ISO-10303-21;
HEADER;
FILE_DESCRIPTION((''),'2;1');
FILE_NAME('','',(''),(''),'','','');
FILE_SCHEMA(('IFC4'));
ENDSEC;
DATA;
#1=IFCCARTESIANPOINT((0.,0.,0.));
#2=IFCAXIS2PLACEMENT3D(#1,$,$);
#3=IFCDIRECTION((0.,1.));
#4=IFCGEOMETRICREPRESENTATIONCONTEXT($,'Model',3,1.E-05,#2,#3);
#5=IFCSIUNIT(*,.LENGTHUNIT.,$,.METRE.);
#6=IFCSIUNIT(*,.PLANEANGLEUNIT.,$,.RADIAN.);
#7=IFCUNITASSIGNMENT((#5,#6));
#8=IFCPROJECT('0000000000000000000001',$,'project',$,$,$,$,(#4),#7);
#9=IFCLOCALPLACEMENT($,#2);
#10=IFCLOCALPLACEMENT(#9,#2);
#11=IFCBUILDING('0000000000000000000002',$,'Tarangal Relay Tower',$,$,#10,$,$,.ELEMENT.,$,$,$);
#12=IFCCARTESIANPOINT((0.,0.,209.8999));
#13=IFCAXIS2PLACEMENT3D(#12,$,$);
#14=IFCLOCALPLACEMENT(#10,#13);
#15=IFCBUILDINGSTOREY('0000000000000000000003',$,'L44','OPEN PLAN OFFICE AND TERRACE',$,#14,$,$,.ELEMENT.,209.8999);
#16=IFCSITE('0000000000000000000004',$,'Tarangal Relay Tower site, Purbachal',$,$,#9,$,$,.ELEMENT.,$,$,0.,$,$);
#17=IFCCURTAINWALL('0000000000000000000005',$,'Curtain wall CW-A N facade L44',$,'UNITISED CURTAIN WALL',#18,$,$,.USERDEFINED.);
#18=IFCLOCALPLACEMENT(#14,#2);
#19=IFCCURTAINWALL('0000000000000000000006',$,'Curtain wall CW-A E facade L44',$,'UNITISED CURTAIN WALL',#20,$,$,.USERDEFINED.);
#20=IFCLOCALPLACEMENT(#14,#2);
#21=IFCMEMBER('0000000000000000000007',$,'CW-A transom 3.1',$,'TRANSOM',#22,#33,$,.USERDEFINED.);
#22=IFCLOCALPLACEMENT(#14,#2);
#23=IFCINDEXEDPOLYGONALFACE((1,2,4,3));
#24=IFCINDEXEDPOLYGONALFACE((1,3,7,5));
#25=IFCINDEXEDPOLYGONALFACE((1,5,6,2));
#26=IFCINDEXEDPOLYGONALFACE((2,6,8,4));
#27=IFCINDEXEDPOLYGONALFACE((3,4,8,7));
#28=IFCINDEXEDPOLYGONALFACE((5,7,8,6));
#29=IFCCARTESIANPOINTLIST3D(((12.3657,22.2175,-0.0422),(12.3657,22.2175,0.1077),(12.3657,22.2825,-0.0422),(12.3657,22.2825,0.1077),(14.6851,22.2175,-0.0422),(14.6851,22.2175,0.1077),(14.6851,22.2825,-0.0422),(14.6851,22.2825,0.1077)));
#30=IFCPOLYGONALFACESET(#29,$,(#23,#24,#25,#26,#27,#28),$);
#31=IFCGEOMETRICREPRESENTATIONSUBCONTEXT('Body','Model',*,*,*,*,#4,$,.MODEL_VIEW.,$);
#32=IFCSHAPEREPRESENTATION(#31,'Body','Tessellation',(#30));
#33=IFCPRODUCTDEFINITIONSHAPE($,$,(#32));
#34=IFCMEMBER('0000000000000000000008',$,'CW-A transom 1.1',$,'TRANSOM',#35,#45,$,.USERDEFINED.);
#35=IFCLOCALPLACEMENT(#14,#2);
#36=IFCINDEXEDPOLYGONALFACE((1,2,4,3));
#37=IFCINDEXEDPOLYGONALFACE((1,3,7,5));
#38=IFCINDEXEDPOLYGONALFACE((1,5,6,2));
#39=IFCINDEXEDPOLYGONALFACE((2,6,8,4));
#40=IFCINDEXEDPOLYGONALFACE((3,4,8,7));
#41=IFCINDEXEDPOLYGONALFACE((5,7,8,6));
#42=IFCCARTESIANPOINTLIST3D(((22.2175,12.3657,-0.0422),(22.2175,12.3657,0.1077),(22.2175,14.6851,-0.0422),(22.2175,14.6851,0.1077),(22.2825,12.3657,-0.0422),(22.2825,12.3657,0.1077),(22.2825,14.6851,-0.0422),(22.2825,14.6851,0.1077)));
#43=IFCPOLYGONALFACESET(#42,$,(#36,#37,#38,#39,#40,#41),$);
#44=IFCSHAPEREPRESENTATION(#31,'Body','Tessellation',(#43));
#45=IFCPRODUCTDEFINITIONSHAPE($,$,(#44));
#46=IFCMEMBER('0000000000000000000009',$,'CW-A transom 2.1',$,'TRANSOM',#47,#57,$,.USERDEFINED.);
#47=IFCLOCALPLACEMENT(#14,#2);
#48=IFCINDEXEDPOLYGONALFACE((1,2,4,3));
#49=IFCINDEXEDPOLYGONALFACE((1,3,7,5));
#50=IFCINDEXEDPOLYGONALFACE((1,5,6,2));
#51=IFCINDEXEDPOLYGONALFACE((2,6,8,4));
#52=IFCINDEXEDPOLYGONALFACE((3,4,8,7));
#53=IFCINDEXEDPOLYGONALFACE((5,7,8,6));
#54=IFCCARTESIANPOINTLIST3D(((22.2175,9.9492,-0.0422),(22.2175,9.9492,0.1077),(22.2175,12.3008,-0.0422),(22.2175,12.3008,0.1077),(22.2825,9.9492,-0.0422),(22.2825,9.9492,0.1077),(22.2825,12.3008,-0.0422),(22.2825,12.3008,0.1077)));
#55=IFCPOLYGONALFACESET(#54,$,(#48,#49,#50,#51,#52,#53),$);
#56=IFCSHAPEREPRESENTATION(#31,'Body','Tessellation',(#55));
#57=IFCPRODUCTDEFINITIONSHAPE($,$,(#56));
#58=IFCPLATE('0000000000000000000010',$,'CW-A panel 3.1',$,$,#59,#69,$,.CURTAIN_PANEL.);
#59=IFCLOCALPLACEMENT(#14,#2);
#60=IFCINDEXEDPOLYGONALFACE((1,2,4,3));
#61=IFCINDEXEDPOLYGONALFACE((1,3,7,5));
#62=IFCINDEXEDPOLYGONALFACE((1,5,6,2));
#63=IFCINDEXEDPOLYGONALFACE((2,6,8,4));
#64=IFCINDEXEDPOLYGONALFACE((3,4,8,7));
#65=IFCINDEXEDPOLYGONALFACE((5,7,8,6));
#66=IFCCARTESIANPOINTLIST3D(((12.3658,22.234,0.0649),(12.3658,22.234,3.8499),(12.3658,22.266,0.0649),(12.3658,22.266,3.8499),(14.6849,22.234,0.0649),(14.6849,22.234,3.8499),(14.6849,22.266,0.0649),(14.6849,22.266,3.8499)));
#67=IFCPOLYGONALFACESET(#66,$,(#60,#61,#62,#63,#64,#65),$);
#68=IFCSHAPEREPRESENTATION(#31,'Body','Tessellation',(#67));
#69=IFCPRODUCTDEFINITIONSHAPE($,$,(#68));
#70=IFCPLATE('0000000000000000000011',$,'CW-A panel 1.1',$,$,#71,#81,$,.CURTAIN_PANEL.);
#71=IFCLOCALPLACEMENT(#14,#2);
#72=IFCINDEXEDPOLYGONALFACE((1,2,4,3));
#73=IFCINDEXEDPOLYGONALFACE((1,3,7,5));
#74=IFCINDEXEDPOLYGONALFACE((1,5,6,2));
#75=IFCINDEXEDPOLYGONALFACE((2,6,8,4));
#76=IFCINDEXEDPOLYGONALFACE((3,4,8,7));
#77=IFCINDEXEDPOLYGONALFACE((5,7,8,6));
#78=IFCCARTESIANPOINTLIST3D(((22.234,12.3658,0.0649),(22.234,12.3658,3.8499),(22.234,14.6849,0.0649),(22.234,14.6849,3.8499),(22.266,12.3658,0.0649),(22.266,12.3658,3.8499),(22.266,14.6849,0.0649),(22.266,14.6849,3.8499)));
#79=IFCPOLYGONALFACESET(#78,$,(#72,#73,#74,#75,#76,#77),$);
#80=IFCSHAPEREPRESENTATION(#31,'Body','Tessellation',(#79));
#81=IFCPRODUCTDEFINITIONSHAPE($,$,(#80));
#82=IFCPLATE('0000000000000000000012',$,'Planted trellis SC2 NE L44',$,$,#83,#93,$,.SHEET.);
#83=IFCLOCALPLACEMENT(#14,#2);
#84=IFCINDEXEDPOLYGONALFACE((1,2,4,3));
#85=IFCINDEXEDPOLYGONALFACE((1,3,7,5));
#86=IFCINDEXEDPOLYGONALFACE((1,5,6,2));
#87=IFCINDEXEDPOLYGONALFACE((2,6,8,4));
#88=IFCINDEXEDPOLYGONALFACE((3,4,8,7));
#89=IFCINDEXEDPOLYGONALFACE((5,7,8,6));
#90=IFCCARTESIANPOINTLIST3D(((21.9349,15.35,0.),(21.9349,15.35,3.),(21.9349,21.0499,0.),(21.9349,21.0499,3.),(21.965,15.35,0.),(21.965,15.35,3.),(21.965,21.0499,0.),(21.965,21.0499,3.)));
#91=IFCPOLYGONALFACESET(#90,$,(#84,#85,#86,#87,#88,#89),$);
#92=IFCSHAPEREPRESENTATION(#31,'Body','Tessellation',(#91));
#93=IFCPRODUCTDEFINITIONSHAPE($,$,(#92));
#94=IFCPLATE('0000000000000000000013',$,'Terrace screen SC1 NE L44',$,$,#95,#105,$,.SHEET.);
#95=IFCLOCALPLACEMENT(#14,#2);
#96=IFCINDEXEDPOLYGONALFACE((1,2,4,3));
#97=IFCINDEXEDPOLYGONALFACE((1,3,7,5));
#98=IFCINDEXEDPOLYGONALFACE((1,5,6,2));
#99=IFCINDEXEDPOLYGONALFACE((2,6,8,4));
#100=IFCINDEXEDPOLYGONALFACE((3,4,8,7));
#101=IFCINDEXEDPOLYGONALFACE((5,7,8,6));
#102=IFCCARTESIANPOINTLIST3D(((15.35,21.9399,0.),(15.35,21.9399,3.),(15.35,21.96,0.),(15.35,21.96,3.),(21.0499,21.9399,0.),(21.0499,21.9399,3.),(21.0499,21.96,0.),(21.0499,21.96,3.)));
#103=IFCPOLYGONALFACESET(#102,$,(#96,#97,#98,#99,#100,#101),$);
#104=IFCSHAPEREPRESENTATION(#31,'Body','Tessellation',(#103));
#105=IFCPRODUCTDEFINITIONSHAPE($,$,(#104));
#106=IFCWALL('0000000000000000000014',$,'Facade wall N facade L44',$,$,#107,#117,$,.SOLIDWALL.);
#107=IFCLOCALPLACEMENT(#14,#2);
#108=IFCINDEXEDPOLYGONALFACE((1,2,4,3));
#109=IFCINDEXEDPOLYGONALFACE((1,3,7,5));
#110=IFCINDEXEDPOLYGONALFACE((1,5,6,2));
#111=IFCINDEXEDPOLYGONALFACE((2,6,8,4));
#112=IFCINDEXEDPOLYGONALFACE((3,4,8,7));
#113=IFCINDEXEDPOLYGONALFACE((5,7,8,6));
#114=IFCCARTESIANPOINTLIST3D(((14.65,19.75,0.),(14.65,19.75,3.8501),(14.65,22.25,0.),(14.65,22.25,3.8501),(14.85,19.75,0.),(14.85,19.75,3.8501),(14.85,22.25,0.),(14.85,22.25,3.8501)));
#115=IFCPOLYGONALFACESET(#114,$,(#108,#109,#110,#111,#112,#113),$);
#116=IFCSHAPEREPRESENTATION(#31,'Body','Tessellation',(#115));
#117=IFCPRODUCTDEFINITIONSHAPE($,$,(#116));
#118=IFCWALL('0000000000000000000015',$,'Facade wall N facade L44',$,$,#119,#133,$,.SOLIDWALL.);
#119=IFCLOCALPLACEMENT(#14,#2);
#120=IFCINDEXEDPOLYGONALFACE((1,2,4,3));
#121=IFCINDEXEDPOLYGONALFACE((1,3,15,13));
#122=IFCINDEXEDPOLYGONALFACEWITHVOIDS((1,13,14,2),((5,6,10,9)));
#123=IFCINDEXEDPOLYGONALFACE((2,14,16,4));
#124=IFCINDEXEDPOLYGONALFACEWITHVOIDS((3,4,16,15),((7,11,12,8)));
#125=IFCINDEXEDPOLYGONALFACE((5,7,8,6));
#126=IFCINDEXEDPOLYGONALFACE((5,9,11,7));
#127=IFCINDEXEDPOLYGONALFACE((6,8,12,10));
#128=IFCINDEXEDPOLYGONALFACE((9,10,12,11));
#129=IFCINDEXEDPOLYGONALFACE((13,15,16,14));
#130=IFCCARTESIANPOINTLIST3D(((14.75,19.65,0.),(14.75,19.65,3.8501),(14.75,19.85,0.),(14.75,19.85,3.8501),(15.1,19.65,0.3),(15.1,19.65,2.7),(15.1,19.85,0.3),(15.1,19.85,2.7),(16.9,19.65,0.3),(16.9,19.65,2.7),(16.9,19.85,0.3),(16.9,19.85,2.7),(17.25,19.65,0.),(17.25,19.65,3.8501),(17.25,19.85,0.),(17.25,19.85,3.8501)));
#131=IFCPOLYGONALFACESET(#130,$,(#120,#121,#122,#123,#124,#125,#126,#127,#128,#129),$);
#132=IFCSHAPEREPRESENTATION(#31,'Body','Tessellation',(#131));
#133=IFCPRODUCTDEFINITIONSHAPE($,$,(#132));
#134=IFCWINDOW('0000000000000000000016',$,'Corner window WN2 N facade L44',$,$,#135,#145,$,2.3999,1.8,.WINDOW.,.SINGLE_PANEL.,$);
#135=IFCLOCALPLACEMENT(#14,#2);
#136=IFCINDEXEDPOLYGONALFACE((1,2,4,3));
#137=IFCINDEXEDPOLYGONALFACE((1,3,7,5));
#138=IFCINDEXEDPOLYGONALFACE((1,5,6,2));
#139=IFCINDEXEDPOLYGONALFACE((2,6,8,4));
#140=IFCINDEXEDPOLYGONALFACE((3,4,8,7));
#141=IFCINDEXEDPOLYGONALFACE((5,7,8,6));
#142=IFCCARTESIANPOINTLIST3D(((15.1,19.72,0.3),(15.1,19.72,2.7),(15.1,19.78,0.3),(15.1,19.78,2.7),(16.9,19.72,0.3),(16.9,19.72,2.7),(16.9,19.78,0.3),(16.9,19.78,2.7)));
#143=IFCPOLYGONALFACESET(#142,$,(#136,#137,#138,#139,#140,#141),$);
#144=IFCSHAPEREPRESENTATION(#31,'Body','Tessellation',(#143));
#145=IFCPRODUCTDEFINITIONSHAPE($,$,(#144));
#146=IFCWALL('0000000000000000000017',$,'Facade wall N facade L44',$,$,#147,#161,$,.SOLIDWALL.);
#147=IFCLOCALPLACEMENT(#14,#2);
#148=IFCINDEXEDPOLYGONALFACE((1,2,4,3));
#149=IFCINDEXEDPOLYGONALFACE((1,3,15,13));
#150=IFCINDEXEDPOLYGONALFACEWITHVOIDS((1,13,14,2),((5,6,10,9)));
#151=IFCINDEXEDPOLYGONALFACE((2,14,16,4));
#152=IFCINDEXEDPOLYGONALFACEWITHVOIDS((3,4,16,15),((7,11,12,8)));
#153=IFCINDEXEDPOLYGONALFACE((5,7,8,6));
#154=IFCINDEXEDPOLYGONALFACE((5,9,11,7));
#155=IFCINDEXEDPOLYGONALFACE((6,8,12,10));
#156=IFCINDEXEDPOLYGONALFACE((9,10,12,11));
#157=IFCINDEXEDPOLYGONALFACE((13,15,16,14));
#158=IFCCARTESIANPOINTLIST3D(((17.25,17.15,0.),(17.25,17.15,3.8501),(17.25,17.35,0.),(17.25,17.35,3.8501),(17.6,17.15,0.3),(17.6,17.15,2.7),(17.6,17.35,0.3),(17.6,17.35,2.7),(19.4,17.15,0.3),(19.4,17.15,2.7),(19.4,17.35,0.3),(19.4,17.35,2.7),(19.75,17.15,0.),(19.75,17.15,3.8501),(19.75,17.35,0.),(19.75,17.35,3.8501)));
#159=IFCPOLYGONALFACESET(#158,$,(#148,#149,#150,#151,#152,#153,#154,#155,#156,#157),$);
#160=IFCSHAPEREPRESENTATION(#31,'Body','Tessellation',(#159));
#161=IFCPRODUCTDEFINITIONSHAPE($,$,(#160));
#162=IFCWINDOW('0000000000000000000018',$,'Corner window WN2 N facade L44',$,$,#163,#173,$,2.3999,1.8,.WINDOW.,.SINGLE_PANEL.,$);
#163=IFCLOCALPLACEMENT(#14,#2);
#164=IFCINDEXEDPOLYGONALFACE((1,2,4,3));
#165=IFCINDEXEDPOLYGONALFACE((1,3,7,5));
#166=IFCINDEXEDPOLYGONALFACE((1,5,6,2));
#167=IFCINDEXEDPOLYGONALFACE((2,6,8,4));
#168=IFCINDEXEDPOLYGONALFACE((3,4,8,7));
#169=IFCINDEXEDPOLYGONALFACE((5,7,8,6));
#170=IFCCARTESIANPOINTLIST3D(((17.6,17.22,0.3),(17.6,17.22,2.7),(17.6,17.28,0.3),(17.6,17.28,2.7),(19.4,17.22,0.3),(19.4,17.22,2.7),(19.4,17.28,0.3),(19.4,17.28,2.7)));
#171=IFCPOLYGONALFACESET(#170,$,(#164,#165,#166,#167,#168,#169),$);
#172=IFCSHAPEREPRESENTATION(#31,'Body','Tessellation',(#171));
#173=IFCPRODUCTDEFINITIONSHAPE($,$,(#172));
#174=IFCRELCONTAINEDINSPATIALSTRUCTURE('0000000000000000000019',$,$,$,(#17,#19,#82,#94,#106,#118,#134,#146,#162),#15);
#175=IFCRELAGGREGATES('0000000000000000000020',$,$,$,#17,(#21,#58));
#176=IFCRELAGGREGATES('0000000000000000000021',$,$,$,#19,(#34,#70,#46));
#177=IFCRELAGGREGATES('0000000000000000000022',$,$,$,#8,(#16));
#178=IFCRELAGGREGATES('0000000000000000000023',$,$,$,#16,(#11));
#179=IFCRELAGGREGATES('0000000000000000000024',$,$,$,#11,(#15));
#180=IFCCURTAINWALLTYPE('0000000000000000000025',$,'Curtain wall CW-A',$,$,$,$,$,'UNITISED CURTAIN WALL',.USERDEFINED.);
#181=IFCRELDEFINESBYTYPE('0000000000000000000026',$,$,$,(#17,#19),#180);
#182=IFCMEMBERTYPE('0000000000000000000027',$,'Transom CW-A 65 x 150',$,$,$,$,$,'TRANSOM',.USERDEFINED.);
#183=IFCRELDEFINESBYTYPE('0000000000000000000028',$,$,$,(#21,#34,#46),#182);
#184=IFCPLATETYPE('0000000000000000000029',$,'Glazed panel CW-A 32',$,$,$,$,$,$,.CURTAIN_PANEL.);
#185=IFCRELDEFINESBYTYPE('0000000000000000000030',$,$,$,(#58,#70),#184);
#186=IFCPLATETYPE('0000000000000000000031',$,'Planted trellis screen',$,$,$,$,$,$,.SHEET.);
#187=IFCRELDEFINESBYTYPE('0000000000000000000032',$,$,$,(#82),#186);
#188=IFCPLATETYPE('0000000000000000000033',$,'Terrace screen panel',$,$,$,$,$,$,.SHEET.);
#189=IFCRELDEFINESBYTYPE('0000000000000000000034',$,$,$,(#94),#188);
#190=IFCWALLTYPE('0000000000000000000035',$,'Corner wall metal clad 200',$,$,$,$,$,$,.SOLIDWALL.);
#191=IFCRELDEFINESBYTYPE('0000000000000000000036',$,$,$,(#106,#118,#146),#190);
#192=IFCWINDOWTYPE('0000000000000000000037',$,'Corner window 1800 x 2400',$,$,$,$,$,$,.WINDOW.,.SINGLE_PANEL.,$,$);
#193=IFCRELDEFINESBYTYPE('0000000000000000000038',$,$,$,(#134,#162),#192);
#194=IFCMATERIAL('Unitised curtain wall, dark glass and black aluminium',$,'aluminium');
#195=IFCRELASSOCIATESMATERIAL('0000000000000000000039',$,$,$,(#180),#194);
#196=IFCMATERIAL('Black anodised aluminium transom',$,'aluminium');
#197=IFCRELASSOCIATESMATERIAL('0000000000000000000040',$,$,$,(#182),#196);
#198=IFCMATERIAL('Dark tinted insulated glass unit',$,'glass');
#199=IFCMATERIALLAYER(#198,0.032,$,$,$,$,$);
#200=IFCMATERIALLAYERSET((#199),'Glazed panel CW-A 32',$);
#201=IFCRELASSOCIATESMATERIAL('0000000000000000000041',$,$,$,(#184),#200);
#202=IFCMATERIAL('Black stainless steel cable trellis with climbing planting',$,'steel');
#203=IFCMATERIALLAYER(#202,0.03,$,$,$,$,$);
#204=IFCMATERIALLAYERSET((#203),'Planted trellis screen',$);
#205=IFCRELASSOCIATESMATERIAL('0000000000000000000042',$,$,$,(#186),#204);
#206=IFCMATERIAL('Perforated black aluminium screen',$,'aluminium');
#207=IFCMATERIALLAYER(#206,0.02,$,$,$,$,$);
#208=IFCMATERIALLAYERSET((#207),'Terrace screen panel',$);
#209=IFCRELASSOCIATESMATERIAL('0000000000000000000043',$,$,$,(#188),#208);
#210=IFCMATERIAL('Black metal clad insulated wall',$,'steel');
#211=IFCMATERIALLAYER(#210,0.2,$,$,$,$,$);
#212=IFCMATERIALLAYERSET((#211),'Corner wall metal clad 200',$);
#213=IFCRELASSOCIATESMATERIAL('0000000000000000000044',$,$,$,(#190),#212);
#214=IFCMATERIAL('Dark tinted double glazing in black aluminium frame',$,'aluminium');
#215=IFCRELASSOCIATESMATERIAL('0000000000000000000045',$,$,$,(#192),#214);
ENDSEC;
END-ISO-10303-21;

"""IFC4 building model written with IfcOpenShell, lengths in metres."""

from ifc_helpers import new_model, si_unit, direction, frame, frame_2d, origin, origin_2d, place, context, subcontext, project, spatial, rectangle, extrude, material, layer, layer_set, material_profile, profile_set, type_object, element, fill, aggregate, save


model = new_model("IFC4")

# Units and contexts
model_context = context("Model", 3, precision=1e-05, world=origin(), true_north=direction((0.0, 1.0)))
body_context = subcontext(model_context, "Body", "Model", "MODEL_VIEW")
ifc_project = project(units=[si_unit("LENGTHUNIT", "METRE"), si_unit("PLANEANGLEUNIT", "RADIAN")], contexts=[model_context])

# Site, building, storey
site_placement = place(None, origin())
site = spatial("IfcSite", under=ifc_project, at=site_placement, Name="Tarangal Relay Tower site, Purbachal", CompositionType="ELEMENT", RefElevation=0.0)
building_placement = place(site_placement, origin())
building = spatial("IfcBuilding", under=site, at=building_placement, Name="Tarangal Relay Tower", CompositionType="ELEMENT")
storey_placement = place(building_placement, frame((0.0, 0.0, 209.8999)))
storey = spatial("IfcBuildingStorey", under=building, at=storey_placement, Name="L44", Description="OPEN PLAN OFFICE AND TERRACE", CompositionType="ELEMENT", Elevation=209.8999)

# Curtain walls
ifc_material_1 = material(Name="Unitised curtain wall, dark glass and black aluminium", Category="aluminium")
curtain_wall_type = type_object("IfcCurtainWallType", Name="Curtain wall CW-A", ElementType="UNITISED CURTAIN WALL", PredefinedType="USERDEFINED", material=ifc_material_1)
curtain_wall_1_placement = place(storey_placement, origin())
curtain_wall_1 = element("IfcCurtainWall", 1, at=curtain_wall_1_placement, inside=storey, type_object=curtain_wall_type, Name="Curtain wall CW-A N facade L44", ObjectType="UNITISED CURTAIN WALL", PredefinedType="USERDEFINED")
curtain_wall_2_placement = place(storey_placement, origin())
curtain_wall_2 = element("IfcCurtainWall", 2, at=curtain_wall_2_placement, inside=storey, type_object=curtain_wall_type, Name="Curtain wall CW-A E facade L44", ObjectType="UNITISED CURTAIN WALL", PredefinedType="USERDEFINED")

# Members
ifc_material_2 = material(Name="Black anodised aluminium transom", Category="aluminium")
ifc_material_profile_1 = material_profile(ifc_material_2, rectangle(XDim=0.0649, YDim=0.1499, at=origin_2d()), Name="CW-AT 65X150")
ifc_profile_set_1 = profile_set([ifc_material_profile_1], Name="Black anodised aluminium transom")
member_type_1 = type_object("IfcMemberType", Name="Transom CW-A 65 x 150", ElementType="TRANSOM", PredefinedType="USERDEFINED", material=ifc_profile_set_1)
member_1_placement = place(storey_placement, frame((12.3657, 22.25, 0.0327), z_axis=(1.0, 0.0, 0.0), x_axis=(0.0, 1.0, 0.0)))
member_1 = element("IfcMember", 3, at=member_1_placement, type_object=member_type_1, Name="CW-A transom 3.1", ObjectType="TRANSOM", PredefinedType="USERDEFINED", context=body_context, shape_type="SweptSolid", body=[
    extrude(rectangle(XDim=0.0649, YDim=0.1499, at=origin_2d()), origin(), (0.0, 0.0, 1.0), 2.3193),
])
member_2_placement = place(storey_placement, frame((22.25, 14.6851, 0.0327), z_axis=(0.0, -1.0, 0.0), x_axis=(1.0, 0.0, 0.0)))
member_2 = element("IfcMember", 4, at=member_2_placement, type_object=member_type_1, Name="CW-A transom 1.1", ObjectType="TRANSOM", PredefinedType="USERDEFINED", context=body_context, shape_type="SweptSolid", body=[
    extrude(rectangle(XDim=0.0649, YDim=0.1499, at=origin_2d()), origin(), (0.0, 0.0, 1.0), 2.3193),
])
member_3_placement = place(storey_placement, frame((22.25, 12.3008, 0.0327), z_axis=(0.0, -1.0, 0.0), x_axis=(1.0, 0.0, 0.0)))
member_3 = element("IfcMember", 5, at=member_3_placement, type_object=member_type_1, Name="CW-A transom 2.1", ObjectType="TRANSOM", PredefinedType="USERDEFINED", context=body_context, shape_type="SweptSolid", body=[
    extrude(rectangle(XDim=0.0649, YDim=0.1499, at=origin_2d()), origin(), (0.0, 0.0, 1.0), 2.3516),
])

# Plates
ifc_material_3 = material(Name="Dark tinted insulated glass unit", Category="glass")
ifc_layer_1 = layer(ifc_material_3, 0.032)
ifc_layer_set_1 = layer_set([ifc_layer_1], Name="Glazed panel CW-A 32")
plate_type_1 = type_object("IfcPlateType", Name="Glazed panel CW-A 32", PredefinedType="CURTAIN_PANEL", material=ifc_layer_set_1)
plate_1_placement = place(storey_placement, frame((13.5254, 22.25, 0.0649), z_axis=(0.0, 0.0, 1.0), x_axis=(1.0, 0.0, 0.0)))
plate_1 = element("IfcPlate", 6, at=plate_1_placement, type_object=plate_type_1, Name="CW-A panel 3.1", PredefinedType="CURTAIN_PANEL", context=body_context, shape_type="SweptSolid", body=[
    extrude(rectangle(XDim=2.3191, YDim=0.032, at=origin_2d()), origin(), (0.0, 0.0, 1.0), 3.7849),
])
aggregate(curtain_wall_1, [member_1, plate_1])
plate_2_placement = place(storey_placement, frame((22.25, 13.5254, 0.0649), z_axis=(0.0, 0.0, 1.0), x_axis=(0.0, -1.0, 0.0)))
plate_2 = element("IfcPlate", 7, at=plate_2_placement, type_object=plate_type_1, Name="CW-A panel 1.1", PredefinedType="CURTAIN_PANEL", context=body_context, shape_type="SweptSolid", body=[
    extrude(rectangle(XDim=2.3191, YDim=0.032, at=origin_2d()), origin(), (0.0, 0.0, 1.0), 3.7849),
])
aggregate(curtain_wall_2, [member_2, plate_2, member_3])

# Plates
ifc_material_4 = material(Name="Black stainless steel cable trellis with climbing planting", Category="steel")
ifc_layer_2 = layer(ifc_material_4, 0.03)
ifc_layer_set_2 = layer_set([ifc_layer_2], Name="Planted trellis screen")
plate_type_2 = type_object("IfcPlateType", Name="Planted trellis screen", PredefinedType="SHEET", material=ifc_layer_set_2)
plate_3_placement = place(storey_placement, frame((21.95, 18.2, 0.0), z_axis=(0.0, 0.0, 1.0), x_axis=(0.0, -1.0, 0.0)))
element("IfcPlate", 8, at=plate_3_placement, inside=storey, type_object=plate_type_2, Name="Planted trellis SC2 NE L44", PredefinedType="SHEET", context=body_context, shape_type="SweptSolid", body=[
    extrude(rectangle(XDim=5.7, YDim=0.03, at=origin_2d()), origin(), (0.0, 0.0, 1.0), 3.0),
])
ifc_material_5 = material(Name="Perforated black aluminium screen", Category="aluminium")
ifc_layer_3 = layer(ifc_material_5, 0.02)
ifc_layer_set_3 = layer_set([ifc_layer_3], Name="Terrace screen panel")
plate_type_3 = type_object("IfcPlateType", Name="Terrace screen panel", PredefinedType="SHEET", material=ifc_layer_set_3)
plate_4_placement = place(storey_placement, frame((18.2, 21.95, 0.0), z_axis=(0.0, 0.0, 1.0), x_axis=(1.0, 0.0, 0.0)))
element("IfcPlate", 9, at=plate_4_placement, inside=storey, type_object=plate_type_3, Name="Terrace screen SC1 NE L44", PredefinedType="SHEET", context=body_context, shape_type="SweptSolid", body=[
    extrude(rectangle(XDim=5.7, YDim=0.02, at=origin_2d()), origin(), (0.0, 0.0, 1.0), 3.0),
])

# Wall
ifc_material_6 = material(Name="Black metal clad insulated wall", Category="steel")
ifc_layer_4 = layer(ifc_material_6, 0.2)
ifc_layer_set_4 = layer_set([ifc_layer_4], Name="Corner wall metal clad 200")
wall_type_1 = type_object("IfcWallType", Name="Corner wall metal clad 200", PredefinedType="SOLIDWALL", material=ifc_layer_set_4)
wall_1_placement = place(storey_placement, frame((14.75, 22.25, 0.0), z_axis=(0.0, 0.0, 1.0), x_axis=(0.0, -1.0, 0.0)))
element("IfcWall", 10, at=wall_1_placement, inside=storey, type_object=wall_type_1, Name="Facade wall N facade L44", PredefinedType="SOLIDWALL", context=body_context, shape_type="SweptSolid", body=[
    extrude(rectangle(XDim=2.5, YDim=0.2, at=frame_2d((1.25, 0.0))), origin(), (0.0, 0.0, 1.0), 3.8501),
])

# Wall, opening, window
wall_2_placement = place(storey_placement, frame((14.75, 19.75, 0.0), z_axis=(0.0, 0.0, 1.0), x_axis=(1.0, 0.0, 0.0)))
wall_2 = element("IfcWall", 11, at=wall_2_placement, inside=storey, type_object=wall_type_1, Name="Facade wall N facade L44", PredefinedType="SOLIDWALL", context=body_context, shape_type="SweptSolid", body=[
    extrude(rectangle(XDim=2.5, YDim=0.2, at=frame_2d((1.25, 0.0))), origin(), (0.0, 0.0, 1.0), 3.8501),
])
opening_1_placement = place(wall_2_placement, frame((0.3501, 0.0, 0.3)))
opening_1 = element("IfcOpeningElement", 12, at=opening_1_placement, cuts=wall_2, PredefinedType="OPENING", context=body_context, shape_type="SweptSolid", body=[
    extrude(rectangle(XDim=1.8, YDim=2.3999, at=frame_2d((0.8999, 1.2))), frame((0.0, 0.1099, 0.0), z_axis=(0.0, -1.0, 0.0), x_axis=(1.0, 0.0, 0.0)), (0.0, 0.0, 1.0), 0.22),
])
ifc_material_7 = material(Name="Dark tinted double glazing in black aluminium frame", Category="aluminium")
window_type = type_object("IfcWindowType", Name="Corner window 1800 x 2400", PartitioningType="SINGLE_PANEL", PredefinedType="WINDOW", material=ifc_material_7)
window_1_placement = place(opening_1_placement, origin())
window_1 = element("IfcWindow", 13, at=window_1_placement, inside=storey, type_object=window_type, Name="Corner window WN2 N facade L44", OverallHeight=2.3999, OverallWidth=1.8, PartitioningType="SINGLE_PANEL", PredefinedType="WINDOW", context=body_context, shape_type="SweptSolid", body=[
    extrude(rectangle(XDim=1.8, YDim=2.3999, at=frame_2d((0.8999, 1.2))), frame((0.0, 0.03, 0.0), z_axis=(0.0, -1.0, 0.0), x_axis=(1.0, 0.0, 0.0)), (0.0, 0.0, 1.0), 0.0601),
])
fill(opening_1, window_1)

# Wall, opening, window
wall_3_placement = place(storey_placement, frame((17.25, 17.25, 0.0), z_axis=(0.0, 0.0, 1.0), x_axis=(1.0, 0.0, 0.0)))
wall_3 = element("IfcWall", 14, at=wall_3_placement, inside=storey, type_object=wall_type_1, Name="Facade wall N facade L44", PredefinedType="SOLIDWALL", context=body_context, shape_type="SweptSolid", body=[
    extrude(rectangle(XDim=2.5, YDim=0.2, at=frame_2d((1.25, 0.0))), origin(), (0.0, 0.0, 1.0), 3.8501),
])
opening_2_placement = place(wall_3_placement, frame((0.3501, 0.0, 0.3)))
opening_2 = element("IfcOpeningElement", 15, at=opening_2_placement, cuts=wall_3, PredefinedType="OPENING", context=body_context, shape_type="SweptSolid", body=[
    extrude(rectangle(XDim=1.8, YDim=2.3999, at=frame_2d((0.8999, 1.2))), frame((0.0, 0.1099, 0.0), z_axis=(0.0, -1.0, 0.0), x_axis=(1.0, 0.0, 0.0)), (0.0, 0.0, 1.0), 0.22),
])
window_2_placement = place(opening_2_placement, origin())
window_2 = element("IfcWindow", 16, at=window_2_placement, inside=storey, type_object=window_type, Name="Corner window WN2 N facade L44", OverallHeight=2.3999, OverallWidth=1.8, PartitioningType="SINGLE_PANEL", PredefinedType="WINDOW", context=body_context, shape_type="SweptSolid", body=[
    extrude(rectangle(XDim=1.8, YDim=2.3999, at=frame_2d((0.8999, 1.2))), frame((0.0, 0.03, 0.0), z_axis=(0.0, -1.0, 0.0), x_axis=(1.0, 0.0, 0.0)), (0.0, 0.0, 1.0), 0.0601),
])
fill(opening_2, window_2)

save(model, "model.ifc")
